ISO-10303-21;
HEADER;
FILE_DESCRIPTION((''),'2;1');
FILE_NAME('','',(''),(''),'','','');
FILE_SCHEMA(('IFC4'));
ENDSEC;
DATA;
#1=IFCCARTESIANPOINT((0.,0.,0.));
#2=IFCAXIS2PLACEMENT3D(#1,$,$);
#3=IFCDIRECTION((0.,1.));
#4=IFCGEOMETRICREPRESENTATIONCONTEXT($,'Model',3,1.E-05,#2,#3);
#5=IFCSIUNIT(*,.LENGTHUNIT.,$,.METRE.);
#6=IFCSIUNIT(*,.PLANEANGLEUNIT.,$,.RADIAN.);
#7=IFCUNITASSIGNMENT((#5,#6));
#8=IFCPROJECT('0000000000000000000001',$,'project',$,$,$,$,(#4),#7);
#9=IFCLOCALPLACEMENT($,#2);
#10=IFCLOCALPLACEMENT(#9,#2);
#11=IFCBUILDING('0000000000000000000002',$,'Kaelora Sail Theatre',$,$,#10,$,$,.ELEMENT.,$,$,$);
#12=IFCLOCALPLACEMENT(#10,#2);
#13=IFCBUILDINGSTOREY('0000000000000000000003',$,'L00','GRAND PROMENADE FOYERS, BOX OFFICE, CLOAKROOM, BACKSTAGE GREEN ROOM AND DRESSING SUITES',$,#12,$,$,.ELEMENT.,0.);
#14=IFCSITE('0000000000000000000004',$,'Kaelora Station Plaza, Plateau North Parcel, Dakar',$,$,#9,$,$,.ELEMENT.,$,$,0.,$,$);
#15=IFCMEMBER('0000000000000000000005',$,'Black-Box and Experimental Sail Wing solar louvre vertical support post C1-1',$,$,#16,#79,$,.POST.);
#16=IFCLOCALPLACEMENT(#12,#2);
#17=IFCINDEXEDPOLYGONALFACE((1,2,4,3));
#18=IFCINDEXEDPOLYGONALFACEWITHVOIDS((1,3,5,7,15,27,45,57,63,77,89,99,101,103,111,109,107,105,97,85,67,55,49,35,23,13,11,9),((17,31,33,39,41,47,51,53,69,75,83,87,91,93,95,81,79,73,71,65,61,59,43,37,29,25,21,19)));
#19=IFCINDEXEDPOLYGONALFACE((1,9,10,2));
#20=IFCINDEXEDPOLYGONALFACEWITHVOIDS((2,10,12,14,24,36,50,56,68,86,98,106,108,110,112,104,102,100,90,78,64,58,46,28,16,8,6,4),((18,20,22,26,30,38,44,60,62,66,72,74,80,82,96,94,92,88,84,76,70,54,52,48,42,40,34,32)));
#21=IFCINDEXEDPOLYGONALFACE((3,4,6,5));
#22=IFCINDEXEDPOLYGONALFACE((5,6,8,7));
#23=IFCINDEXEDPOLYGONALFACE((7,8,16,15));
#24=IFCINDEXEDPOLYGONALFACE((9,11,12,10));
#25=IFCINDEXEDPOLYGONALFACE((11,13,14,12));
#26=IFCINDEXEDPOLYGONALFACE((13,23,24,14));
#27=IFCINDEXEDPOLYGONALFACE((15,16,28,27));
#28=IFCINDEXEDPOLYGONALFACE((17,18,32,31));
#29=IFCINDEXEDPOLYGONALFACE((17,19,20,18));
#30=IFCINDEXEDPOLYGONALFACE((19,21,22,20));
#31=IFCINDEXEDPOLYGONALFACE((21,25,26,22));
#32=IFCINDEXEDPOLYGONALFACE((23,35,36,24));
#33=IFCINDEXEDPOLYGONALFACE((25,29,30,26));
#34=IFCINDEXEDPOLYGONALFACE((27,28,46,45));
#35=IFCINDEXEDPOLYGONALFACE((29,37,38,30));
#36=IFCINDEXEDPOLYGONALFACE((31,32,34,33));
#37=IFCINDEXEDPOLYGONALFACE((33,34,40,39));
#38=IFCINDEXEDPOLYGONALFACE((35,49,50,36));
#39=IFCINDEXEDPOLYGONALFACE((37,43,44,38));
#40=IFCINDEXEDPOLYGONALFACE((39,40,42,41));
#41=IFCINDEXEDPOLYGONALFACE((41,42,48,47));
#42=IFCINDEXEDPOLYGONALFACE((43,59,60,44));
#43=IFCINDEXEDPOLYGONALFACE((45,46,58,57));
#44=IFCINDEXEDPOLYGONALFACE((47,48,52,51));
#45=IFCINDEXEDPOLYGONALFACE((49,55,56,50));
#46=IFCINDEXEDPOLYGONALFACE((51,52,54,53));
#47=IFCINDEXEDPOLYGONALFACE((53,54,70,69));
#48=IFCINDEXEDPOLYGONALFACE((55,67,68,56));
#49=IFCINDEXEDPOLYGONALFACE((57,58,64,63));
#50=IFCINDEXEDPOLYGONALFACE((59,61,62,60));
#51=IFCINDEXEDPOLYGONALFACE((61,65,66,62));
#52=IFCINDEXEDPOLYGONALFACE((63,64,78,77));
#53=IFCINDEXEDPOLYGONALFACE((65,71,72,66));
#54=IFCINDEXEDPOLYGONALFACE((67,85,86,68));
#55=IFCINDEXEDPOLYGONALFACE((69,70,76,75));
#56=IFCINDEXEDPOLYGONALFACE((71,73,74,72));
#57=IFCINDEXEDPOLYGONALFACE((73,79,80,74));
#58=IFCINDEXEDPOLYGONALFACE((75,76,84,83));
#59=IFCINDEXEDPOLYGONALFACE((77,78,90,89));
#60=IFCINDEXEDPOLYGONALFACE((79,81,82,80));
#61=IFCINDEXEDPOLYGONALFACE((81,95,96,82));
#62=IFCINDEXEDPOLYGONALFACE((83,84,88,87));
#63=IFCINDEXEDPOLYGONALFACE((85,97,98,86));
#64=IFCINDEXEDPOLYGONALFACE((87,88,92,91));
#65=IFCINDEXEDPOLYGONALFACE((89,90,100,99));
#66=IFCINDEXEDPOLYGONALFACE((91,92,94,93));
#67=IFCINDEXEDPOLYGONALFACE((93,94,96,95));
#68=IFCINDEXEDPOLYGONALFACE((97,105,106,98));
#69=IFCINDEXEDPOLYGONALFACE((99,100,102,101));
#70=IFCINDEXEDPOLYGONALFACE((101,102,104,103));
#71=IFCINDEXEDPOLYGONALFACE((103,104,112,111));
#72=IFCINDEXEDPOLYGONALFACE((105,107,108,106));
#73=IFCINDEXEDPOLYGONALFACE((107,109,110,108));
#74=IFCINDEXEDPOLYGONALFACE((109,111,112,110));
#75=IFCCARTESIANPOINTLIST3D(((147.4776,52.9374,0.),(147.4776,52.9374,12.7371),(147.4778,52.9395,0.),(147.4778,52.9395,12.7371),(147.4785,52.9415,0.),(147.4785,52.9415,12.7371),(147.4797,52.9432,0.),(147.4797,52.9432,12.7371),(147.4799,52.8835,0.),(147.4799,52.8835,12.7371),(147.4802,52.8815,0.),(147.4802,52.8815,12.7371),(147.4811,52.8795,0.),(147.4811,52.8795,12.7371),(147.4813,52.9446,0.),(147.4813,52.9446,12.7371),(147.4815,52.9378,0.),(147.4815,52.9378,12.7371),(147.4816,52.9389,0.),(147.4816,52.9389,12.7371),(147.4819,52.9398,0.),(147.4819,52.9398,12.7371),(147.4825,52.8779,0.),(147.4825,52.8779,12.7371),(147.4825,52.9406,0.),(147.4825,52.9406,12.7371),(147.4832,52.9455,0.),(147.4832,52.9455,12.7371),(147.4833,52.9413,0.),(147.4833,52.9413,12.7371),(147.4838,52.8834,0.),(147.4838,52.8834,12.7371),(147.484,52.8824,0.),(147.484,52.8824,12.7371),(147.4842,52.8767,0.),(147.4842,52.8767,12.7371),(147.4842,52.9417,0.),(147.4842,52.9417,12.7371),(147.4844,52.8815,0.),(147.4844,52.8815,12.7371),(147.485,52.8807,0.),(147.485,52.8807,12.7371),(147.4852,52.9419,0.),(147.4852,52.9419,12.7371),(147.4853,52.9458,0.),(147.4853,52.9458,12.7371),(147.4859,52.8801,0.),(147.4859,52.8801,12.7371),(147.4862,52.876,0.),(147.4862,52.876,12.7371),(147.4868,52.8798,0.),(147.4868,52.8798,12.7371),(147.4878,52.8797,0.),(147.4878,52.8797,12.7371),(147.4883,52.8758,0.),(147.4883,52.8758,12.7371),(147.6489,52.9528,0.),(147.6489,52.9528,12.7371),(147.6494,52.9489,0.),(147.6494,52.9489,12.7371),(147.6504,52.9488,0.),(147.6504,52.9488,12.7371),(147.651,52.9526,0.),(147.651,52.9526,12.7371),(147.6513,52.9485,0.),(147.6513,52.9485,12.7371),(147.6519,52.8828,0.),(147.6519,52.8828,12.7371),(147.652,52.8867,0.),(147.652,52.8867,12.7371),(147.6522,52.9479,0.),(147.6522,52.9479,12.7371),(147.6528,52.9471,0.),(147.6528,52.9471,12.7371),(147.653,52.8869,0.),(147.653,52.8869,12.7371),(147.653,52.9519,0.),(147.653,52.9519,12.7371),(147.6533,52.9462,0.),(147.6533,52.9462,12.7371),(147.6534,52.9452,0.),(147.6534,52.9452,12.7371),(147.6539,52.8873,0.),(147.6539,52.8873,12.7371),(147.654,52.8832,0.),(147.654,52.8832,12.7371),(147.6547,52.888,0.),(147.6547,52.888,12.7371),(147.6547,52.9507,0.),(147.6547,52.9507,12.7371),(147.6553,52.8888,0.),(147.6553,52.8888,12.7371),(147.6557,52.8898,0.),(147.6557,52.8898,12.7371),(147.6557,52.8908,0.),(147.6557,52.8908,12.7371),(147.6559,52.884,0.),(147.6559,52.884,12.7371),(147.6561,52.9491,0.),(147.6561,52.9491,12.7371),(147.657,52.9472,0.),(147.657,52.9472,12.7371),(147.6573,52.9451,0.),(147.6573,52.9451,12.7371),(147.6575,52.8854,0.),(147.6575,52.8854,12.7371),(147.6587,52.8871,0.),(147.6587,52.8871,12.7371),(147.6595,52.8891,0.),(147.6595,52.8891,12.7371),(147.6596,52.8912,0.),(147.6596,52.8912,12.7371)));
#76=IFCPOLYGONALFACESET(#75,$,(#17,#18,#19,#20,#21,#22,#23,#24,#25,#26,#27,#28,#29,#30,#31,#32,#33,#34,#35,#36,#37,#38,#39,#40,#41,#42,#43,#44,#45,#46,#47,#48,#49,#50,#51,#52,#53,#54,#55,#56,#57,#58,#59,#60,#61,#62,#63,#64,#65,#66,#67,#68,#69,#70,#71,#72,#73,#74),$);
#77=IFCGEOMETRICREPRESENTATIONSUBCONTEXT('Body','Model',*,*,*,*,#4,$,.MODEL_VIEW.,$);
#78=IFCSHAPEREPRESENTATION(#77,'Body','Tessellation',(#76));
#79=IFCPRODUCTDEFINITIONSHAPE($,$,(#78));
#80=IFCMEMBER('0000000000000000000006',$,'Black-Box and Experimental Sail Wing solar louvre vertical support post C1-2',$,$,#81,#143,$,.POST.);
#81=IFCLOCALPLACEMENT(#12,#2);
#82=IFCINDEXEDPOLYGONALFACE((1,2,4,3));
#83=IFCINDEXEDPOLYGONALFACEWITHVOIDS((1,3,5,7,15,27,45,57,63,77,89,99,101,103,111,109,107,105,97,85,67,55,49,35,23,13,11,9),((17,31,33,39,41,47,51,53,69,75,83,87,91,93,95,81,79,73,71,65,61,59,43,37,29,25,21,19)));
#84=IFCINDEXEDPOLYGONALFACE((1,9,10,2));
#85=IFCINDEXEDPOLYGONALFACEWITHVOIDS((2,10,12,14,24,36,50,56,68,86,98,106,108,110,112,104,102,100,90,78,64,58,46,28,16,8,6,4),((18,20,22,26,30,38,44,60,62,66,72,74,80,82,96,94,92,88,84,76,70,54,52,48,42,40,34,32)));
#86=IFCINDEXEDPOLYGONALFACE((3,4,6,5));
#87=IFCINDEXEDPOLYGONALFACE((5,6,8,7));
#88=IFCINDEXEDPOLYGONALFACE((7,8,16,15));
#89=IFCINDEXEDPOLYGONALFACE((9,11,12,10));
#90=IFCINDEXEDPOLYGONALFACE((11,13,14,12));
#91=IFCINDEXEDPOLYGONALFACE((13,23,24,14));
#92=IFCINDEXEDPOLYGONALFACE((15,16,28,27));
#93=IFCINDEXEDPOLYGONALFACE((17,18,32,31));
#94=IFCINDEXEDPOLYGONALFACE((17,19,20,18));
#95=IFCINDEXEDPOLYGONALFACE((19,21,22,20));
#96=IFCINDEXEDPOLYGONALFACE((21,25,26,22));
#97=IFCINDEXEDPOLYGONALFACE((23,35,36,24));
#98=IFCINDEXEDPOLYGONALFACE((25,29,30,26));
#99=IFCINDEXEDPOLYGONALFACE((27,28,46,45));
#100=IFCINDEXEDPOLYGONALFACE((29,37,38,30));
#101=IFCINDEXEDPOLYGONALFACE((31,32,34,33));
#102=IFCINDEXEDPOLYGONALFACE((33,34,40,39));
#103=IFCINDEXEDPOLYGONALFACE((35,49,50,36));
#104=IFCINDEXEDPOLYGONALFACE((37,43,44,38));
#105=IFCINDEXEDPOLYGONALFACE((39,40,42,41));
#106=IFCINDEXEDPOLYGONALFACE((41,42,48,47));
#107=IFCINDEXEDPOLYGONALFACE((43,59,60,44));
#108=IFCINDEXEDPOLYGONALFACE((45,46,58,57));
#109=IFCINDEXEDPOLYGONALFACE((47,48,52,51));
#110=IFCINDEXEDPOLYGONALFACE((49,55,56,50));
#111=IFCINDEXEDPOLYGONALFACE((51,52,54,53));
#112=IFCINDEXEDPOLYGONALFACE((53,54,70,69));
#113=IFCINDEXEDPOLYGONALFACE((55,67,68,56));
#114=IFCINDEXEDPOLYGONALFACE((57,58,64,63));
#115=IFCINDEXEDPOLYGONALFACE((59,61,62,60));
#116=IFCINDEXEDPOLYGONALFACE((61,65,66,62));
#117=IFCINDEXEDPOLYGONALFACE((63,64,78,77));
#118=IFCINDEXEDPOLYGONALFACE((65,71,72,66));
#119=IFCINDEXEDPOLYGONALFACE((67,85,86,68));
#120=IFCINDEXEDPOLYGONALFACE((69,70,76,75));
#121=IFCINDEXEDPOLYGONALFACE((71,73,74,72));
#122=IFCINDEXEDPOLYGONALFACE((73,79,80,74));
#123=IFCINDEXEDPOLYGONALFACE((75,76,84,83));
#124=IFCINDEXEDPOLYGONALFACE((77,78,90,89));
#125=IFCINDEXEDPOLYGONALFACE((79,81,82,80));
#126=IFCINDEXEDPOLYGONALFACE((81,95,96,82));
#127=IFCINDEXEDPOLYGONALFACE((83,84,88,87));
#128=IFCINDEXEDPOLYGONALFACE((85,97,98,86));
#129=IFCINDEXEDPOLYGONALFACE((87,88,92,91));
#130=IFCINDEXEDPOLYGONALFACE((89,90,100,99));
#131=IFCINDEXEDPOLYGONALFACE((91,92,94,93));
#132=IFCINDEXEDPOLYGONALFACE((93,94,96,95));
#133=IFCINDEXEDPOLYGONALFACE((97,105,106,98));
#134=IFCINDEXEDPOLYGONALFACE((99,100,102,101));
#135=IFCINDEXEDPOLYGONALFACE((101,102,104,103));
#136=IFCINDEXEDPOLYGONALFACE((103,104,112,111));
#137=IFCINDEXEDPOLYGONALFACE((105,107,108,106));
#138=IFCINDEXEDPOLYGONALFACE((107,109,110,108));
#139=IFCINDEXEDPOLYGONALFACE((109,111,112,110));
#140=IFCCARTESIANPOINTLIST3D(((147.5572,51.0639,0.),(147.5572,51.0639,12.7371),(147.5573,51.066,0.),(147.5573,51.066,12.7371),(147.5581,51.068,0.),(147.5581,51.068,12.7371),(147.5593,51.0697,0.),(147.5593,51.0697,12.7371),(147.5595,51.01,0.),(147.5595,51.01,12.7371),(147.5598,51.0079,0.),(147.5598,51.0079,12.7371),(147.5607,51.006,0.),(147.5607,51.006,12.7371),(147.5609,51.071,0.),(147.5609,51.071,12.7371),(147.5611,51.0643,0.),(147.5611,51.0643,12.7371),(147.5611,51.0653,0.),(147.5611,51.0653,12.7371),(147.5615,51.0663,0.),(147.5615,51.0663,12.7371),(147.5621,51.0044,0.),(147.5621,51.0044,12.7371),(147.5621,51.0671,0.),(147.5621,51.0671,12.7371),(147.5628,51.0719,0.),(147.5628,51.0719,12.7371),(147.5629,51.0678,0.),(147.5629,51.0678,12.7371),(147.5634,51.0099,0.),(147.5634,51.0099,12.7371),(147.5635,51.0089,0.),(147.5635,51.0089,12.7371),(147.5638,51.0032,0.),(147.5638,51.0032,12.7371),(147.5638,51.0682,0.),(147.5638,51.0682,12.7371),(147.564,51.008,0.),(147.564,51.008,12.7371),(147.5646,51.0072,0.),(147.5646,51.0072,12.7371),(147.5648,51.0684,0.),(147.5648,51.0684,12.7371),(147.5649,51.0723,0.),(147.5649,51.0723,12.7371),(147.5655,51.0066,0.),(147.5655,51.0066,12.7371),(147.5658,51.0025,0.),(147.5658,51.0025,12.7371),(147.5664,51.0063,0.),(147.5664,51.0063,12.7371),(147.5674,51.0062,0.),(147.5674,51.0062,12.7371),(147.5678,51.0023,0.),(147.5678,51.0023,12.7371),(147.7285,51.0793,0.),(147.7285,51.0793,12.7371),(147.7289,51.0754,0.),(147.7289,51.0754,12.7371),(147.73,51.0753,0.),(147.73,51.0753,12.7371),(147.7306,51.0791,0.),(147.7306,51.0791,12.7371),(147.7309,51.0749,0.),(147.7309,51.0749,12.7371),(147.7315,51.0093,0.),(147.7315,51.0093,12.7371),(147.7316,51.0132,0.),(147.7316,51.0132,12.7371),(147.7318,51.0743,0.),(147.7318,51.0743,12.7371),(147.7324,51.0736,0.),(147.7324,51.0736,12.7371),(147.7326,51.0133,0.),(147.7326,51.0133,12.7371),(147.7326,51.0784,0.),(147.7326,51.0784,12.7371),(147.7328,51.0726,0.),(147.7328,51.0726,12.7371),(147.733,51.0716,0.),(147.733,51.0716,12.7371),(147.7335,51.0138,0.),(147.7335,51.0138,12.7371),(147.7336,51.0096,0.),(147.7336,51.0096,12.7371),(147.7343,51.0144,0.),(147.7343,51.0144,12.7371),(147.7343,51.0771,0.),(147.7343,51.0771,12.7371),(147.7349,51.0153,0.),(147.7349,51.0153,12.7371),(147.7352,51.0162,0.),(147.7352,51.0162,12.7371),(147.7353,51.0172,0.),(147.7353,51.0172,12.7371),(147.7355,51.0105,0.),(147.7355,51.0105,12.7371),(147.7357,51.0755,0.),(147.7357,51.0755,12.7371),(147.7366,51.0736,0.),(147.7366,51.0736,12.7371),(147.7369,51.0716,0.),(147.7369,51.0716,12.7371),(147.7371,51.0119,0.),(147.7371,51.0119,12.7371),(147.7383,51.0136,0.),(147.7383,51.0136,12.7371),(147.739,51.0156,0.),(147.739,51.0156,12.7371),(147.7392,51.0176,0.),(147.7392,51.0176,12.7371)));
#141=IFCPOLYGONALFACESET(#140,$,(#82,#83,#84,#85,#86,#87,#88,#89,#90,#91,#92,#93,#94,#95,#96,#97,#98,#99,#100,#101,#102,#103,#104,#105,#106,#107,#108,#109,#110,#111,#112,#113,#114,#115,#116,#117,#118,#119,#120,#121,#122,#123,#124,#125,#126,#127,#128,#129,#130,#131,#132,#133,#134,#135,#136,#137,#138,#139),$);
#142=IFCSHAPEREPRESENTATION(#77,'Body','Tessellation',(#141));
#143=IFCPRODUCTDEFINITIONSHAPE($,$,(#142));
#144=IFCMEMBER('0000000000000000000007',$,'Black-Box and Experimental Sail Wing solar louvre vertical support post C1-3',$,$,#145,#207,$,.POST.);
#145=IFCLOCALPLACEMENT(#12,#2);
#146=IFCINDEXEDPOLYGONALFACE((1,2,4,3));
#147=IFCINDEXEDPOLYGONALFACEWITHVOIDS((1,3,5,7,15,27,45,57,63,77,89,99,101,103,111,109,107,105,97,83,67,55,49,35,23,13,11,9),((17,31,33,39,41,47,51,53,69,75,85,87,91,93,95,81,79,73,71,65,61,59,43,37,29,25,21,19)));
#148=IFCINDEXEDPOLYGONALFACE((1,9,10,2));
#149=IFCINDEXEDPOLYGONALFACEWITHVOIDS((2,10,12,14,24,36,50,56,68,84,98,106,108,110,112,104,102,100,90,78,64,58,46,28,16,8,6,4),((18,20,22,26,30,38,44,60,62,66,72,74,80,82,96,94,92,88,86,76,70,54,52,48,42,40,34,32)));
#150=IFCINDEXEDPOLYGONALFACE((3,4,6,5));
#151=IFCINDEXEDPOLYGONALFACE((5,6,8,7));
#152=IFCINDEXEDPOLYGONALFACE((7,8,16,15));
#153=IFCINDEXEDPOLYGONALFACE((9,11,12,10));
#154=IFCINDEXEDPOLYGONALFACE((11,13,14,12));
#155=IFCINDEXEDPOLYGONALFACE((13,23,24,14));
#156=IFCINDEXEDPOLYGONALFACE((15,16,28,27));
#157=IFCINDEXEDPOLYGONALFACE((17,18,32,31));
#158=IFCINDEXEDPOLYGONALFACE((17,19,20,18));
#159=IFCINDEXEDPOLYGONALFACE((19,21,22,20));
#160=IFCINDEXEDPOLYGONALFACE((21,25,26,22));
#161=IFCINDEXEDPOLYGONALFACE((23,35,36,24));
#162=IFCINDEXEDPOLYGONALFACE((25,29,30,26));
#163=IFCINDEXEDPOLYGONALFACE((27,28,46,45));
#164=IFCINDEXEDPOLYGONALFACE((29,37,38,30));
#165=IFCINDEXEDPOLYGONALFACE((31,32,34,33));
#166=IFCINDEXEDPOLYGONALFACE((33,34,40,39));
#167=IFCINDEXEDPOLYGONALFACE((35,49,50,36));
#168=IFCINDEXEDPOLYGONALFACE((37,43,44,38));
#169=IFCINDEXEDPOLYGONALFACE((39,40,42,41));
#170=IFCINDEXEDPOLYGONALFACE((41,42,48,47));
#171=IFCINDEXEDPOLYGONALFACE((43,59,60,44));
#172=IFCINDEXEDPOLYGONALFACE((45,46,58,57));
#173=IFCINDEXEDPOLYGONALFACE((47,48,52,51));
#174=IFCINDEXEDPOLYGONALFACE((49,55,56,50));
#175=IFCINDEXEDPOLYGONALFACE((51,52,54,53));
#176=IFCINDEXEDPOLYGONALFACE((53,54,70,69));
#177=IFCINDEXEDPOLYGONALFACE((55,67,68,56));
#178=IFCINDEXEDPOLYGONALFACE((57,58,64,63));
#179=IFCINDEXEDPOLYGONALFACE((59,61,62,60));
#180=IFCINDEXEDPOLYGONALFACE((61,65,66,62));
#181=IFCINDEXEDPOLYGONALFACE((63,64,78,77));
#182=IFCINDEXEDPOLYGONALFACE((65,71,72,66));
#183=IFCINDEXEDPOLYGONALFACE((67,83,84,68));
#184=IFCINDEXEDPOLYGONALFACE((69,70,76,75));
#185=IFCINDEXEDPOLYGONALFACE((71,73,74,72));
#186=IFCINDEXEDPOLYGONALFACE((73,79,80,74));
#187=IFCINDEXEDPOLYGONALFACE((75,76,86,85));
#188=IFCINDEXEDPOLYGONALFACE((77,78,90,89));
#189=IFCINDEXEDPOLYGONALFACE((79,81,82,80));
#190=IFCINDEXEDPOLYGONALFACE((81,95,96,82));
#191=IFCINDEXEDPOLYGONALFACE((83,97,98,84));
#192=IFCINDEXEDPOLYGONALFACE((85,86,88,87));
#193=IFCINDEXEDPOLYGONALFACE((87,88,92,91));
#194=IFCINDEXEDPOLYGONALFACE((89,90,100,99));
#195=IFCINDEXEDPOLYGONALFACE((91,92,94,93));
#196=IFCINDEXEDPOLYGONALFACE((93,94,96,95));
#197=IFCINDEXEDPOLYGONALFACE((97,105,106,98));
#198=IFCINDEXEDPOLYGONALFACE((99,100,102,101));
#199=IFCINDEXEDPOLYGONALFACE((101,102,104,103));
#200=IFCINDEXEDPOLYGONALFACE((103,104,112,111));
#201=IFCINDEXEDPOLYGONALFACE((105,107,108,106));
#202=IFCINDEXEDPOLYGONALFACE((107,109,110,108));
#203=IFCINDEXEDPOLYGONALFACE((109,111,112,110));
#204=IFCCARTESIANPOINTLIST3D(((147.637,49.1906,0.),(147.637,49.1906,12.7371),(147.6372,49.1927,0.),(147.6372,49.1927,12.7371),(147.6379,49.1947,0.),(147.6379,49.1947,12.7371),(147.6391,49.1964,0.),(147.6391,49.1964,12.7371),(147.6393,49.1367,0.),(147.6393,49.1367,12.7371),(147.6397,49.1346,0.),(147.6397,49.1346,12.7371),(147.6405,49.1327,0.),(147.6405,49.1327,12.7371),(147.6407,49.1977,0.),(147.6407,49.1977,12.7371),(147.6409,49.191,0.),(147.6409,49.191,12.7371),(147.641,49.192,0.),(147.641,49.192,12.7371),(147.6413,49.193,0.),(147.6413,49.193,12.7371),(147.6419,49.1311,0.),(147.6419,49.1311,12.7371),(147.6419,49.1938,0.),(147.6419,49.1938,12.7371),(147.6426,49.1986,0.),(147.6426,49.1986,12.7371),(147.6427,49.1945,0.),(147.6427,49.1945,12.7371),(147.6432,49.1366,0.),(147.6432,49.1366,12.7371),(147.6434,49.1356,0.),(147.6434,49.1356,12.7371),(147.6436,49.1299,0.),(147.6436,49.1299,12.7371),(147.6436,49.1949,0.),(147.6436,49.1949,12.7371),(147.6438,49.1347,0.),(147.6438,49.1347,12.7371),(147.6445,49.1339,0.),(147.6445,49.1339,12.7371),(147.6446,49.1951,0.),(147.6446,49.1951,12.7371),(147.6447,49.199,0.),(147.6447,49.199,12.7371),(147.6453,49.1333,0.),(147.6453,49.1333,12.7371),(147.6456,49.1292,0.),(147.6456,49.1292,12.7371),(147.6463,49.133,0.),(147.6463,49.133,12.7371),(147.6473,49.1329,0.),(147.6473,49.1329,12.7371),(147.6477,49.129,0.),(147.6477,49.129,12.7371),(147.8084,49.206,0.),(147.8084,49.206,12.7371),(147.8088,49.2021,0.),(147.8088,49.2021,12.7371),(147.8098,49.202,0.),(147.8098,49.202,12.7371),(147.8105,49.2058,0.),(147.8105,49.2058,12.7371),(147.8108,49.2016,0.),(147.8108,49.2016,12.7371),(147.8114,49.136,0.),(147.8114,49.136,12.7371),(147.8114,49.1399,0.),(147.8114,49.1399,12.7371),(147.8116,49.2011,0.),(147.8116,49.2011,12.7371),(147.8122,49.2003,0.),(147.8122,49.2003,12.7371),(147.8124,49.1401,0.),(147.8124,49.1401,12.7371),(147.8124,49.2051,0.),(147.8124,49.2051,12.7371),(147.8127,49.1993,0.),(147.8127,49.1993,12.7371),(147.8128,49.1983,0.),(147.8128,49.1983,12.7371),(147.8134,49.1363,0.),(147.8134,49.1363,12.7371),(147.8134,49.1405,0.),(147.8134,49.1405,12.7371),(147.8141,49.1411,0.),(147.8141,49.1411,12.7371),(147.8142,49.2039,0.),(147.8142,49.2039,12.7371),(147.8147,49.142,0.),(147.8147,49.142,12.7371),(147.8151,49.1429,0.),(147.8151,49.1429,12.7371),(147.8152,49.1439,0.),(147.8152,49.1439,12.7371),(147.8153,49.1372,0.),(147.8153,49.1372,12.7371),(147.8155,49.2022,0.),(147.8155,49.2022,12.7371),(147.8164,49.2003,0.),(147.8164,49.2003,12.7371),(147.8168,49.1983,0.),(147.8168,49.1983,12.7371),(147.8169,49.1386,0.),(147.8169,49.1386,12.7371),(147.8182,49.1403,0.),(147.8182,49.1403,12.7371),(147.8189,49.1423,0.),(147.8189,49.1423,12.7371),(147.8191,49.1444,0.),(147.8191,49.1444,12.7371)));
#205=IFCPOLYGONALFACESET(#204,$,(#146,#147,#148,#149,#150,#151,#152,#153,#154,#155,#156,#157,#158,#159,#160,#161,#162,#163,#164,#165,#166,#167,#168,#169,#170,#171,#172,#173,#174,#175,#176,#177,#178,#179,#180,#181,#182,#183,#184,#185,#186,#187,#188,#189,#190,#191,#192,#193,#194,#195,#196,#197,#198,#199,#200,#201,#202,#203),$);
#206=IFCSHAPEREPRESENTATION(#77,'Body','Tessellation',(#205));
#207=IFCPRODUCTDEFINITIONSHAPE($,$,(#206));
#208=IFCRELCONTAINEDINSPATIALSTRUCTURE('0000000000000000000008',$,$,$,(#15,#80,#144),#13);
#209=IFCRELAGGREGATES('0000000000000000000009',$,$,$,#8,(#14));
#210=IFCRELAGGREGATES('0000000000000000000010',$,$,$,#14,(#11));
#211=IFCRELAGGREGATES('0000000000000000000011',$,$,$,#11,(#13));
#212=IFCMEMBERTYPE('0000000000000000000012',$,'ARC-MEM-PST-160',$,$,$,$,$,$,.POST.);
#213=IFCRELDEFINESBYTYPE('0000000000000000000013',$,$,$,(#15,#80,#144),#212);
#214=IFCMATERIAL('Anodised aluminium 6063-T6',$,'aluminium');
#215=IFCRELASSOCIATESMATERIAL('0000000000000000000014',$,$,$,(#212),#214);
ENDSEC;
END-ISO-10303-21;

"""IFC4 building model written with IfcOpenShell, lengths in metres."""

from ifc_helpers import new_model, si_unit, direction, frame, origin, origin_2d, place, context, subcontext, project, spatial, hollow_rectangle, extrude, material, material_profile, profile_set, type_object, element, save


model = new_model("IFC4")

# Units and contexts
model_context = context("Model", 3, precision=1e-05, world=origin(), true_north=direction((0.0, 1.0)))
body_context = subcontext(model_context, "Body", "Model", "MODEL_VIEW")
ifc_project = project(units=[si_unit("LENGTHUNIT", "METRE"), si_unit("PLANEANGLEUNIT", "RADIAN")], contexts=[model_context])

# Site, building, storey
site_placement = place(None, origin())
site = spatial("IfcSite", under=ifc_project, at=site_placement, Name="Kaelora Station Plaza, Plateau North Parcel, Dakar", CompositionType="ELEMENT", RefElevation=0.0)
building_placement = place(site_placement, origin())
building = spatial("IfcBuilding", under=site, at=building_placement, Name="Kaelora Sail Theatre", CompositionType="ELEMENT")
storey_placement = place(building_placement, origin())
storey = spatial("IfcBuildingStorey", under=building, at=storey_placement, Name="L00", Description="GRAND PROMENADE FOYERS, BOX OFFICE, CLOAKROOM, BACKSTAGE GREEN ROOM AND DRESSING SUITES", CompositionType="ELEMENT", Elevation=0.0)

# Members
ifc_material_1 = material(Name="Anodised aluminium 6063-T6", Category="aluminium")
ifc_material_profile_1 = material_profile(ifc_material_1, hollow_rectangle(XDim=0.0701, YDim=0.1799, WallThickness=0.0039, InnerFilletRadius=0.0039, OuterFilletRadius=0.0081, at=origin_2d()), Name="ALU-MULL 70x180x4")
ifc_profile_set_1 = profile_set([ifc_material_profile_1], Name="Anodised aluminium 6063-T6")
member_type_1 = type_object("IfcMemberType", Name="ARC-MEM-PST-160", PredefinedType="POST", material=ifc_profile_set_1)
for number, where, z_axis, x_axis, name in (
    (1, (147.5686, 52.9143, 0.0), (0.0, 0.0, 1.0), (0.042573, -0.999093, 0.0), "Black-Box and Experimental Sail Wing solar louvre vertical support post C1-1"),
    (2, (147.6482, 51.0408, 0.0), (0.0, 0.0, 1.0), (0.042573, -0.999093, 0.0), "Black-Box and Experimental Sail Wing solar louvre vertical support post C1-2"),
    (3, (147.728, 49.1675, 0.0), (0.0, 0.0, 1.0), (0.042573, -0.999093, 0.0), "Black-Box and Experimental Sail Wing solar louvre vertical support post C1-3"),
):
    element("IfcMember", number, at=place(storey_placement, frame(where, z_axis=z_axis, x_axis=x_axis)), inside=storey, type_object=member_type_1, Name=name, PredefinedType="POST", context=body_context, shape_type="SweptSolid", body=[
        extrude(hollow_rectangle(XDim=0.0701, YDim=0.1799, WallThickness=0.0039, InnerFilletRadius=0.0039, OuterFilletRadius=0.0081, at=origin_2d()), origin(), (0.0, 0.0, 1.0), 12.7371),
    ])

save(model, "model.ifc")
